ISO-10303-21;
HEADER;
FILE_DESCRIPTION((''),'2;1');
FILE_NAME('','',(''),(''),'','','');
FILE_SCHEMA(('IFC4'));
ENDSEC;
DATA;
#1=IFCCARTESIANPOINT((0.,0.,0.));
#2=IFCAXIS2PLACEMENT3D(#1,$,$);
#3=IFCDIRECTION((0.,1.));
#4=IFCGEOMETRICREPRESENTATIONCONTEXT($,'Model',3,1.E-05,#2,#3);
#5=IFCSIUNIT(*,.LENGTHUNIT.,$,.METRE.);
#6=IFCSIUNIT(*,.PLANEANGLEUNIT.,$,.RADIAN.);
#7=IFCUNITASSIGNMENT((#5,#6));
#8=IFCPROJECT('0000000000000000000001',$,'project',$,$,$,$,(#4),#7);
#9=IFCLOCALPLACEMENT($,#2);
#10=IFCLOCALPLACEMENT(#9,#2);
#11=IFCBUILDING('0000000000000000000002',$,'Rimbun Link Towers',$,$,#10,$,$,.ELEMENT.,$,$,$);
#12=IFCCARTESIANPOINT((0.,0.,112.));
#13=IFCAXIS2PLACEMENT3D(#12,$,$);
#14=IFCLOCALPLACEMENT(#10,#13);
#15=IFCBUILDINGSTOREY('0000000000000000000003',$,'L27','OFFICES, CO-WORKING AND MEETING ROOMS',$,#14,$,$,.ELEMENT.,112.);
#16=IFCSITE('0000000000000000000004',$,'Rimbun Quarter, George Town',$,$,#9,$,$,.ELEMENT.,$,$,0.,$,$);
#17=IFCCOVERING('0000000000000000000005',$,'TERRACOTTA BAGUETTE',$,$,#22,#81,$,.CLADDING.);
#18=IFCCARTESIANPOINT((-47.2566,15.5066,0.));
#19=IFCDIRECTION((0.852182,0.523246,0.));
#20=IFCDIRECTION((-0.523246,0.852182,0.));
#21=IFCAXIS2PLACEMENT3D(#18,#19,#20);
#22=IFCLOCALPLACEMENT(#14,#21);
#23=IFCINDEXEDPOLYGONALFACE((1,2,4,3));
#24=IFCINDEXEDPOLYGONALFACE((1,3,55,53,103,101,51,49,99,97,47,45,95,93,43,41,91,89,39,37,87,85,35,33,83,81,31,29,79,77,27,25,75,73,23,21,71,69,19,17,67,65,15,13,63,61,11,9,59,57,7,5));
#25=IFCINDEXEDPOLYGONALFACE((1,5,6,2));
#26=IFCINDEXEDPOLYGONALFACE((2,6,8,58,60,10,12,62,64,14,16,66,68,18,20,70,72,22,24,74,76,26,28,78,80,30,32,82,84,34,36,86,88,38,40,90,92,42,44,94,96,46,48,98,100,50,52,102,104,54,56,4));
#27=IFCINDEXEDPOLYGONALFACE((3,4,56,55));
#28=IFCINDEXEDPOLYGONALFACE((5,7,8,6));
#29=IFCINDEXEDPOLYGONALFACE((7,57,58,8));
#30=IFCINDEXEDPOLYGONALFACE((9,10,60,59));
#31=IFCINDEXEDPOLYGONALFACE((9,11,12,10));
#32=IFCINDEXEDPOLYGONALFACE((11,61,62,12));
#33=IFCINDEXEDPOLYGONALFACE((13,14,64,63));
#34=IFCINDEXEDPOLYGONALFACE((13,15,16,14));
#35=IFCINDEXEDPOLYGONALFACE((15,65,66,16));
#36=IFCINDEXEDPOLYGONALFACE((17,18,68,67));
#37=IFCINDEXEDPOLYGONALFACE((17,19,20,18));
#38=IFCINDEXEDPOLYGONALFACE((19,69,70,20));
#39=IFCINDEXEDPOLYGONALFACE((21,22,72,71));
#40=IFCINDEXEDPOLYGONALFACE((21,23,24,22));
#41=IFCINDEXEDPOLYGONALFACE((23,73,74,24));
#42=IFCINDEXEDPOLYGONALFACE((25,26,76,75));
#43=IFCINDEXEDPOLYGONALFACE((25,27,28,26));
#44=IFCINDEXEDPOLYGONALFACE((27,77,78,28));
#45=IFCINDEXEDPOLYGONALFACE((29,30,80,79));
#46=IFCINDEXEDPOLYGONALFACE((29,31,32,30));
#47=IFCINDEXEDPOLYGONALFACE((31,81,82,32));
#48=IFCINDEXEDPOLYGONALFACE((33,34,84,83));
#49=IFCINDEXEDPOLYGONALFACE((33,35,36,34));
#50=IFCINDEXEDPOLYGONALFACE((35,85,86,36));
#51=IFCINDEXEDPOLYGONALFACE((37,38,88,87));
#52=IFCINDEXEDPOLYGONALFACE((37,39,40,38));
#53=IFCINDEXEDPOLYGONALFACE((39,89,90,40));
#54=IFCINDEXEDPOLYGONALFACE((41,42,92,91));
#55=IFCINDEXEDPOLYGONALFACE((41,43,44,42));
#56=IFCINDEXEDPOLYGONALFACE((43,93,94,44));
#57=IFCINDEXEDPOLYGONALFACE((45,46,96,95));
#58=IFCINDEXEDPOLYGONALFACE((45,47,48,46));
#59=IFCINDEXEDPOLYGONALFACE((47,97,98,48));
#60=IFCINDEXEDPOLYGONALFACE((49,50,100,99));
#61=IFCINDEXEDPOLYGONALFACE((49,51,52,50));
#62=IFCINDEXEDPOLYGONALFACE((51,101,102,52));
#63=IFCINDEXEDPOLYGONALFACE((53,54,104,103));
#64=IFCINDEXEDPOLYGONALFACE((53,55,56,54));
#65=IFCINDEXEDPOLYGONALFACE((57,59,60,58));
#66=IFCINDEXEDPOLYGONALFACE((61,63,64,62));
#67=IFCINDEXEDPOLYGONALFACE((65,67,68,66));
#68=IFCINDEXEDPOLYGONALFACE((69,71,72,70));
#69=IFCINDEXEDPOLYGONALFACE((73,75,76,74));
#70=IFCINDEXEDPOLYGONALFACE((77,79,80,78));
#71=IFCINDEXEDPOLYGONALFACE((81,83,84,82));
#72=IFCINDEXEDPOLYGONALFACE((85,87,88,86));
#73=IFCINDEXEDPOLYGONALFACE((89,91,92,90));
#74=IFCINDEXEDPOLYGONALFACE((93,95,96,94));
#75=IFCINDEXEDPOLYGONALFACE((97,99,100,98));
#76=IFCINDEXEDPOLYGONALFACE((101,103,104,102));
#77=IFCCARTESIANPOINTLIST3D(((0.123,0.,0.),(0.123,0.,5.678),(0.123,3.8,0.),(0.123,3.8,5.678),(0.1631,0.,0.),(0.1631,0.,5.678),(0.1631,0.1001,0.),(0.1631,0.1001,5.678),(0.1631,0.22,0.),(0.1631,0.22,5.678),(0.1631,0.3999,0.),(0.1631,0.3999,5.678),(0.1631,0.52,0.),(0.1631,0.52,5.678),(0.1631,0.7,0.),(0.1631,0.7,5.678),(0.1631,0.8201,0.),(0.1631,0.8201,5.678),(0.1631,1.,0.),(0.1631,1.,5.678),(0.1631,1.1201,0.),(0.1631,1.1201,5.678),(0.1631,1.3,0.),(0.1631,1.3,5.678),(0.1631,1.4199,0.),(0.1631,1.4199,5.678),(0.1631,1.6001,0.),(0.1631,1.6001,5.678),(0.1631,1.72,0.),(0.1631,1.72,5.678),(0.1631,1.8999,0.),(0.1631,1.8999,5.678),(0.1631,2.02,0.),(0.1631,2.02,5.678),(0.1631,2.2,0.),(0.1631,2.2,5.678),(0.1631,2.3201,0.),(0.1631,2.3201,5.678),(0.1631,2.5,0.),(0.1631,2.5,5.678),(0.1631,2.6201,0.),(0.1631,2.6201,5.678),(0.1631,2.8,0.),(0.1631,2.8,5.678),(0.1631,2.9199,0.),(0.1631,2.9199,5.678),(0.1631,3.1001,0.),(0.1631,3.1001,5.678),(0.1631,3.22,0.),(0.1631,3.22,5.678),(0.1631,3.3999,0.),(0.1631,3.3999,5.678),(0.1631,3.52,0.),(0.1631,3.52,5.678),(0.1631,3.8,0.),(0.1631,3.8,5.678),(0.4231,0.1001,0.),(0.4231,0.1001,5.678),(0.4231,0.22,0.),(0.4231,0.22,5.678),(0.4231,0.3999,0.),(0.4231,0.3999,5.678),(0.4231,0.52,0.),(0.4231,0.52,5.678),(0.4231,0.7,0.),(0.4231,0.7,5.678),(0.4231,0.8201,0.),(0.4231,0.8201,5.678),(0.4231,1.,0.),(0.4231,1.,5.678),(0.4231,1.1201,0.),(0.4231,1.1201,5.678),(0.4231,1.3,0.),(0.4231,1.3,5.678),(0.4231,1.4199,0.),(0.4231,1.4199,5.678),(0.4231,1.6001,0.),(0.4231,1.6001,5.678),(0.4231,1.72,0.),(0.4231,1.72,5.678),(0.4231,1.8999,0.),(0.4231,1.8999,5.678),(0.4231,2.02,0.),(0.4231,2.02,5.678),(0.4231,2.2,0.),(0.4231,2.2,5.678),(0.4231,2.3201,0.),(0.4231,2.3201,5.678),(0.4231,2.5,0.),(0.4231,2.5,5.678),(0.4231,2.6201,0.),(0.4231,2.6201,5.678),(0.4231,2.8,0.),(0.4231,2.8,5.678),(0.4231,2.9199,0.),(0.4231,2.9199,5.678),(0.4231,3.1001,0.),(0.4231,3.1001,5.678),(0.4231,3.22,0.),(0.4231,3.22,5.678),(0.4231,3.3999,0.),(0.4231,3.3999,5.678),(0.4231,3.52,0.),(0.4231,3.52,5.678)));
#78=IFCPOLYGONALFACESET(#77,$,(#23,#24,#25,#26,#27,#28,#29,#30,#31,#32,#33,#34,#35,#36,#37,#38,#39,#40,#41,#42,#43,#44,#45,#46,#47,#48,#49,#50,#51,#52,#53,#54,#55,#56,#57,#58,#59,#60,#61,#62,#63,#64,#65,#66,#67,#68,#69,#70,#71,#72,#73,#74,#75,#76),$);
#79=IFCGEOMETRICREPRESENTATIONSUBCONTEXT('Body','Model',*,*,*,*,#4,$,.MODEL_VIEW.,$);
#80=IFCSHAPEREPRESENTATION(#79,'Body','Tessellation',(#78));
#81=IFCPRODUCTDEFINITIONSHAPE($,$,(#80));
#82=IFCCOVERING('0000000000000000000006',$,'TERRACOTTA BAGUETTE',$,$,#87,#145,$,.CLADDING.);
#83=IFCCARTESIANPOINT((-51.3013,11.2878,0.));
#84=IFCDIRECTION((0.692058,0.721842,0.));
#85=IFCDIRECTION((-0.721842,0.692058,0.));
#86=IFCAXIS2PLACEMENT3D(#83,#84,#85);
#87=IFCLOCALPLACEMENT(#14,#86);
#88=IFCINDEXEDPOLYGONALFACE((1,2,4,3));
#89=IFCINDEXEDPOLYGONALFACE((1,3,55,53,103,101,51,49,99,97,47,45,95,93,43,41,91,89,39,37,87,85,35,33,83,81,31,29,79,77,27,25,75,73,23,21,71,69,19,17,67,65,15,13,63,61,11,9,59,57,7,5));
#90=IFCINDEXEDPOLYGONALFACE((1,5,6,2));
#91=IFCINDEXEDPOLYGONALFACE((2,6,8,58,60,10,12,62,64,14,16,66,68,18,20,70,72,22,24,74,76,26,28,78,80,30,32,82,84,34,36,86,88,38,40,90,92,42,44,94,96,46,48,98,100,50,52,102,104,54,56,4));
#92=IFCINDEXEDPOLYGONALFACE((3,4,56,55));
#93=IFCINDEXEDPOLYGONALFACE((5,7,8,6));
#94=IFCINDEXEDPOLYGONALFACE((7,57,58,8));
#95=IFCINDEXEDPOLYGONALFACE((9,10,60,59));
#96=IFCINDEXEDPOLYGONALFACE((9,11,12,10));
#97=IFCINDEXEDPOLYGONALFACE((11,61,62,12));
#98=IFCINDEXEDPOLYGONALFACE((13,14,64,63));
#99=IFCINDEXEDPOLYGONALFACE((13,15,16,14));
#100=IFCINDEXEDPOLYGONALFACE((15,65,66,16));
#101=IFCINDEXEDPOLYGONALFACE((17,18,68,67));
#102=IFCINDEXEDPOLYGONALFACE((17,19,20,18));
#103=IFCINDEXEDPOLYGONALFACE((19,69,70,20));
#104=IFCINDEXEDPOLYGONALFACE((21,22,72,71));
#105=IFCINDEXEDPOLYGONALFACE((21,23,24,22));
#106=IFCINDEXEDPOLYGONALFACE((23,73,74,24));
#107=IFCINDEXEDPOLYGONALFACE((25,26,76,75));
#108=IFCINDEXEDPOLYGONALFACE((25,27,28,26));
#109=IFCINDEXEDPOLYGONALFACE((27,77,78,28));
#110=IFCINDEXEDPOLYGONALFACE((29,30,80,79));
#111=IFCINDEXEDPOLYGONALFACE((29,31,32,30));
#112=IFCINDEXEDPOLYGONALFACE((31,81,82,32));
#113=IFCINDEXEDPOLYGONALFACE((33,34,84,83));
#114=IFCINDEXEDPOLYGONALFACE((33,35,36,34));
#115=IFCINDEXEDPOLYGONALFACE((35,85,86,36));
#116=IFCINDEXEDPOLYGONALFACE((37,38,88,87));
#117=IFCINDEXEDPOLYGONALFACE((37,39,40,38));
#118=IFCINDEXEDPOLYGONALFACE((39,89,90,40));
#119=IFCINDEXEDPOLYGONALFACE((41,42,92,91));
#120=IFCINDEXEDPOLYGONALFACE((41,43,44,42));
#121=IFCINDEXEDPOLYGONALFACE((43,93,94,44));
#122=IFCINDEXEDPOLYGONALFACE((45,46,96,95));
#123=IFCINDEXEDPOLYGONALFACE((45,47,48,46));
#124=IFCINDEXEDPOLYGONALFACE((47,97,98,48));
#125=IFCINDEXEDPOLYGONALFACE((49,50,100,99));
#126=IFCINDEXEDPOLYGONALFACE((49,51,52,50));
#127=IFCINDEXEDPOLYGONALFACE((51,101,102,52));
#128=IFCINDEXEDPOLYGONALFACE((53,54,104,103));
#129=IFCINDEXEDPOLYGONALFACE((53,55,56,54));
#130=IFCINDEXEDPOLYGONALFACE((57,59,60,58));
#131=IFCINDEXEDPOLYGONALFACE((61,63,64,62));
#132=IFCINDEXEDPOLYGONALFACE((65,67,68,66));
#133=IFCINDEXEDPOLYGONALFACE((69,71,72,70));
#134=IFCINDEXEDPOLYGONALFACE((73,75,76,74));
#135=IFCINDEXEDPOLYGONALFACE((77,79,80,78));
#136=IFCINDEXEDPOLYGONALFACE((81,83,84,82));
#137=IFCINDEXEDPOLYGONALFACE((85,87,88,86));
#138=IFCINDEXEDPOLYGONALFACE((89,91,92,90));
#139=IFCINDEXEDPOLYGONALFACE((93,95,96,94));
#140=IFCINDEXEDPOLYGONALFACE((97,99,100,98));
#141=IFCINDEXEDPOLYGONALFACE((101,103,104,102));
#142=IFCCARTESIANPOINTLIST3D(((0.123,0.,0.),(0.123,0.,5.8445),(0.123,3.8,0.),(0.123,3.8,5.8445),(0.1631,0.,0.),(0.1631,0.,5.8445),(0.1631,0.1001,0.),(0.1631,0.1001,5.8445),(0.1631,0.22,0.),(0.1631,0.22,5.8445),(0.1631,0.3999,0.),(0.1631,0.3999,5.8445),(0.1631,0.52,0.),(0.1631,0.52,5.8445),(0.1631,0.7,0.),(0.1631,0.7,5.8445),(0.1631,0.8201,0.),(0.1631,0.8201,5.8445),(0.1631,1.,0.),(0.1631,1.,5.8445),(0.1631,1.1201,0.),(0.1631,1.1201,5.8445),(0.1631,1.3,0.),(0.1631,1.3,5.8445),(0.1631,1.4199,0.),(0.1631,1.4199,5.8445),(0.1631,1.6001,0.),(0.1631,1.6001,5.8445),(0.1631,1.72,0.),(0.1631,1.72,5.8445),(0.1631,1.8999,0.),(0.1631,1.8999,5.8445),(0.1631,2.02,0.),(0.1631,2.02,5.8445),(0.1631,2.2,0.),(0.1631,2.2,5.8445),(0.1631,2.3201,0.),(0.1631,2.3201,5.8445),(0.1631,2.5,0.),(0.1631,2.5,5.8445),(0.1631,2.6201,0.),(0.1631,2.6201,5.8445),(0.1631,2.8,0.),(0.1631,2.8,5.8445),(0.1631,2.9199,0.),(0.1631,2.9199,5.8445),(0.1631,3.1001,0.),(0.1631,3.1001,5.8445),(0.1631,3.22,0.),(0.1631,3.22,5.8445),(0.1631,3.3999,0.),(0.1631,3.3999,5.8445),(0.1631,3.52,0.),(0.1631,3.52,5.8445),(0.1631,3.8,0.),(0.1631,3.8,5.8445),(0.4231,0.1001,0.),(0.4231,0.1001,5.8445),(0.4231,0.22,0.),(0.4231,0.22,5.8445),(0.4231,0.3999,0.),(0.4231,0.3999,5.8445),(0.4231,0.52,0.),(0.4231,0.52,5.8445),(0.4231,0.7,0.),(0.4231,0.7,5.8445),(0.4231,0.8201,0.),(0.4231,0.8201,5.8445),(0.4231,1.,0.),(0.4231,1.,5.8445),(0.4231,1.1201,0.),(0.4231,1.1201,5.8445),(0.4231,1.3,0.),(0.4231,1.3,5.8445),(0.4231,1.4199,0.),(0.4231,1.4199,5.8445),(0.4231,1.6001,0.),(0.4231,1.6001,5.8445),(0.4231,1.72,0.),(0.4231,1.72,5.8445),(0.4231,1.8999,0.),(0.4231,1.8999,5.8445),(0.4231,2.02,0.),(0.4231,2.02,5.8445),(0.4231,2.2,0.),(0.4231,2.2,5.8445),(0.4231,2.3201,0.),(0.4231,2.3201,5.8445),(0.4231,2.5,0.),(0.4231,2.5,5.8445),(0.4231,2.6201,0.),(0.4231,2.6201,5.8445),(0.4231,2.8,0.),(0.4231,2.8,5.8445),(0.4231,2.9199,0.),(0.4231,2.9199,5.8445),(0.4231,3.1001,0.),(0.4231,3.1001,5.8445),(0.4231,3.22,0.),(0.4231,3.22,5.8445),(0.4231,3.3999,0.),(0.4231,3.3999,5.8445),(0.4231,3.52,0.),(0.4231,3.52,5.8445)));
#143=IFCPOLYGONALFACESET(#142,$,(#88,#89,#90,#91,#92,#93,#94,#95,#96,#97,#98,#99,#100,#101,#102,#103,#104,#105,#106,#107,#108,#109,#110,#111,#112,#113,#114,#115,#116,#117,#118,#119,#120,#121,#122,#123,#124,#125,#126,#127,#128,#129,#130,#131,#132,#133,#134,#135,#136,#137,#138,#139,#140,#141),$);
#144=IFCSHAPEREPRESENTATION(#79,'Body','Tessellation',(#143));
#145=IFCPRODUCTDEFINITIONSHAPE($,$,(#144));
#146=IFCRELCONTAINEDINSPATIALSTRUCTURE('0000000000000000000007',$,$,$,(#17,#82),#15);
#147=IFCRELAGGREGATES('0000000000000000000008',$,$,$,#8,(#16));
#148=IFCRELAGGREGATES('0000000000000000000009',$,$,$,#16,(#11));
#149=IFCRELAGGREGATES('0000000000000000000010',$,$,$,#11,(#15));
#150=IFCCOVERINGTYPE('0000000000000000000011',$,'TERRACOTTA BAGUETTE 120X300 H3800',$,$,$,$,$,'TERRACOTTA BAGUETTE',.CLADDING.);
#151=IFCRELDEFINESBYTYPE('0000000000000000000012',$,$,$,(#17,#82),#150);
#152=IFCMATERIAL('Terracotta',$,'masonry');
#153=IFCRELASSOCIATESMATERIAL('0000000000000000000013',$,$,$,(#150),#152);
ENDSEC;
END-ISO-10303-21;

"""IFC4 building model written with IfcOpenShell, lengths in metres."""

from ifc_helpers import new_model, si_unit, direction, frame, origin, place, context, subcontext, project, spatial, polyline, outline, extrude, material, material_profile, profile_set, type_object, element, save


model = new_model("IFC4")

# Units and contexts
model_context = context("Model", 3, precision=1e-05, world=origin(), true_north=direction((0.0, 1.0)))
body_context = subcontext(model_context, "Body", "Model", "MODEL_VIEW")
ifc_project = project(units=[si_unit("LENGTHUNIT", "METRE"), si_unit("PLANEANGLEUNIT", "RADIAN")], contexts=[model_context])

# Site, building, storey
site_placement = place(None, origin())
site = spatial("IfcSite", under=ifc_project, at=site_placement, Name="Rimbun Quarter, George Town", CompositionType="ELEMENT", RefElevation=0.0)
building_placement = place(site_placement, origin())
building = spatial("IfcBuilding", under=site, at=building_placement, Name="Rimbun Link Towers", CompositionType="ELEMENT")
storey_placement = place(building_placement, frame((0.0, 0.0, 112.0)))
storey = spatial("IfcBuildingStorey", under=building, at=storey_placement, Name="L27", Description="OFFICES, CO-WORKING AND MEETING ROOMS", CompositionType="ELEMENT", Elevation=112.0)

# Coverings
ifc_material_1 = material(Name="Terracotta", Category="masonry")
ifc_material_profile_1 = material_profile(ifc_material_1, outline(polyline([(0.123, 0.0), (0.1631, 0.0), (0.1631, 0.1001), (0.4231, 0.1001), (0.4231, 0.22), (0.1631, 0.22), (0.1631, 0.3999), (0.4231, 0.3999), (0.4231, 0.52), (0.1631, 0.52), (0.1631, 0.7), (0.4231, 0.7), (0.4231, 0.8201), (0.1631, 0.8201), (0.1631, 1.0), (0.4231, 1.0), (0.4231, 1.1201), (0.1631, 1.1201), (0.1631, 1.3), (0.4231, 1.3), (0.4231, 1.4199), (0.1631, 1.4199), (0.1631, 1.6001), (0.4231, 1.6001), (0.4231, 1.72), (0.1631, 1.72), (0.1631, 1.8999), (0.4231, 1.8999), (0.4231, 2.02), (0.1631, 2.02), (0.1631, 2.2), (0.4231, 2.2), (0.4231, 2.3201), (0.1631, 2.3201), (0.1631, 2.5), (0.4231, 2.5), (0.4231, 2.6201), (0.1631, 2.6201), (0.1631, 2.8), (0.4231, 2.8), (0.4231, 2.9199), (0.1631, 2.9199), (0.1631, 3.1001), (0.4231, 3.1001), (0.4231, 3.22), (0.1631, 3.22), (0.1631, 3.3999), (0.4231, 3.3999), (0.4231, 3.52), (0.1631, 3.52), (0.1631, 3.8), (0.123, 3.8), (0.123, 0.0)])), Name="BAGUETTE 120X300")
ifc_profile_set_1 = profile_set([ifc_material_profile_1], Name="Terracotta")
covering_type = type_object("IfcCoveringType", Name="TERRACOTTA BAGUETTE 120X300 H3800", ElementType="TERRACOTTA BAGUETTE", PredefinedType="CLADDING", material=ifc_profile_set_1)
covering_1_placement = place(storey_placement, frame((-47.2566, 15.5066, 0.0), z_axis=(0.852182, 0.523246, 0.0), x_axis=(-0.523246, 0.852182, 0.0)))
element("IfcCovering", 1, at=covering_1_placement, inside=storey, type_object=covering_type, Name="TERRACOTTA BAGUETTE", PredefinedType="CLADDING", context=body_context, shape_type="SweptSolid", body=[
    extrude(outline(polyline([(0.123, 0.0), (0.1631, 0.0), (0.1631, 0.1001), (0.4231, 0.1001), (0.4231, 0.22), (0.1631, 0.22), (0.1631, 0.3999), (0.4231, 0.3999), (0.4231, 0.52), (0.1631, 0.52), (0.1631, 0.7), (0.4231, 0.7), (0.4231, 0.8201), (0.1631, 0.8201), (0.1631, 1.0), (0.4231, 1.0), (0.4231, 1.1201), (0.1631, 1.1201), (0.1631, 1.3), (0.4231, 1.3), (0.4231, 1.4199), (0.1631, 1.4199), (0.1631, 1.6001), (0.4231, 1.6001), (0.4231, 1.72), (0.1631, 1.72), (0.1631, 1.8999), (0.4231, 1.8999), (0.4231, 2.02), (0.1631, 2.02), (0.1631, 2.2), (0.4231, 2.2), (0.4231, 2.3201), (0.1631, 2.3201), (0.1631, 2.5), (0.4231, 2.5), (0.4231, 2.6201), (0.1631, 2.6201), (0.1631, 2.8), (0.4231, 2.8), (0.4231, 2.9199), (0.1631, 2.9199), (0.1631, 3.1001), (0.4231, 3.1001), (0.4231, 3.22), (0.1631, 3.22), (0.1631, 3.3999), (0.4231, 3.3999), (0.4231, 3.52), (0.1631, 3.52), (0.1631, 3.8), (0.123, 3.8), (0.123, 0.0)])), origin(), (0.0, 0.0, 1.0), 5.678),
])
covering_2_placement = place(storey_placement, frame((-51.3013, 11.2878, 0.0), z_axis=(0.692058, 0.721842, 0.0), x_axis=(-0.721842, 0.692058, 0.0)))
element("IfcCovering", 2, at=covering_2_placement, inside=storey, type_object=covering_type, Name="TERRACOTTA BAGUETTE", PredefinedType="CLADDING", context=body_context, shape_type="SweptSolid", body=[
    extrude(outline(polyline([(0.123, 0.0), (0.1631, 0.0), (0.1631, 0.1001), (0.4231, 0.1001), (0.4231, 0.22), (0.1631, 0.22), (0.1631, 0.3999), (0.4231, 0.3999), (0.4231, 0.52), (0.1631, 0.52), (0.1631, 0.7), (0.4231, 0.7), (0.4231, 0.8201), (0.1631, 0.8201), (0.1631, 1.0), (0.4231, 1.0), (0.4231, 1.1201), (0.1631, 1.1201), (0.1631, 1.3), (0.4231, 1.3), (0.4231, 1.4199), (0.1631, 1.4199), (0.1631, 1.6001), (0.4231, 1.6001), (0.4231, 1.72), (0.1631, 1.72), (0.1631, 1.8999), (0.4231, 1.8999), (0.4231, 2.02), (0.1631, 2.02), (0.1631, 2.2), (0.4231, 2.2), (0.4231, 2.3201), (0.1631, 2.3201), (0.1631, 2.5), (0.4231, 2.5), (0.4231, 2.6201), (0.1631, 2.6201), (0.1631, 2.8), (0.4231, 2.8), (0.4231, 2.9199), (0.1631, 2.9199), (0.1631, 3.1001), (0.4231, 3.1001), (0.4231, 3.22), (0.1631, 3.22), (0.1631, 3.3999), (0.4231, 3.3999), (0.4231, 3.52), (0.1631, 3.52), (0.1631, 3.8), (0.123, 3.8), (0.123, 0.0)])), origin(), (0.0, 0.0, 1.0), 5.8445),
])

save(model, "model.ifc")
